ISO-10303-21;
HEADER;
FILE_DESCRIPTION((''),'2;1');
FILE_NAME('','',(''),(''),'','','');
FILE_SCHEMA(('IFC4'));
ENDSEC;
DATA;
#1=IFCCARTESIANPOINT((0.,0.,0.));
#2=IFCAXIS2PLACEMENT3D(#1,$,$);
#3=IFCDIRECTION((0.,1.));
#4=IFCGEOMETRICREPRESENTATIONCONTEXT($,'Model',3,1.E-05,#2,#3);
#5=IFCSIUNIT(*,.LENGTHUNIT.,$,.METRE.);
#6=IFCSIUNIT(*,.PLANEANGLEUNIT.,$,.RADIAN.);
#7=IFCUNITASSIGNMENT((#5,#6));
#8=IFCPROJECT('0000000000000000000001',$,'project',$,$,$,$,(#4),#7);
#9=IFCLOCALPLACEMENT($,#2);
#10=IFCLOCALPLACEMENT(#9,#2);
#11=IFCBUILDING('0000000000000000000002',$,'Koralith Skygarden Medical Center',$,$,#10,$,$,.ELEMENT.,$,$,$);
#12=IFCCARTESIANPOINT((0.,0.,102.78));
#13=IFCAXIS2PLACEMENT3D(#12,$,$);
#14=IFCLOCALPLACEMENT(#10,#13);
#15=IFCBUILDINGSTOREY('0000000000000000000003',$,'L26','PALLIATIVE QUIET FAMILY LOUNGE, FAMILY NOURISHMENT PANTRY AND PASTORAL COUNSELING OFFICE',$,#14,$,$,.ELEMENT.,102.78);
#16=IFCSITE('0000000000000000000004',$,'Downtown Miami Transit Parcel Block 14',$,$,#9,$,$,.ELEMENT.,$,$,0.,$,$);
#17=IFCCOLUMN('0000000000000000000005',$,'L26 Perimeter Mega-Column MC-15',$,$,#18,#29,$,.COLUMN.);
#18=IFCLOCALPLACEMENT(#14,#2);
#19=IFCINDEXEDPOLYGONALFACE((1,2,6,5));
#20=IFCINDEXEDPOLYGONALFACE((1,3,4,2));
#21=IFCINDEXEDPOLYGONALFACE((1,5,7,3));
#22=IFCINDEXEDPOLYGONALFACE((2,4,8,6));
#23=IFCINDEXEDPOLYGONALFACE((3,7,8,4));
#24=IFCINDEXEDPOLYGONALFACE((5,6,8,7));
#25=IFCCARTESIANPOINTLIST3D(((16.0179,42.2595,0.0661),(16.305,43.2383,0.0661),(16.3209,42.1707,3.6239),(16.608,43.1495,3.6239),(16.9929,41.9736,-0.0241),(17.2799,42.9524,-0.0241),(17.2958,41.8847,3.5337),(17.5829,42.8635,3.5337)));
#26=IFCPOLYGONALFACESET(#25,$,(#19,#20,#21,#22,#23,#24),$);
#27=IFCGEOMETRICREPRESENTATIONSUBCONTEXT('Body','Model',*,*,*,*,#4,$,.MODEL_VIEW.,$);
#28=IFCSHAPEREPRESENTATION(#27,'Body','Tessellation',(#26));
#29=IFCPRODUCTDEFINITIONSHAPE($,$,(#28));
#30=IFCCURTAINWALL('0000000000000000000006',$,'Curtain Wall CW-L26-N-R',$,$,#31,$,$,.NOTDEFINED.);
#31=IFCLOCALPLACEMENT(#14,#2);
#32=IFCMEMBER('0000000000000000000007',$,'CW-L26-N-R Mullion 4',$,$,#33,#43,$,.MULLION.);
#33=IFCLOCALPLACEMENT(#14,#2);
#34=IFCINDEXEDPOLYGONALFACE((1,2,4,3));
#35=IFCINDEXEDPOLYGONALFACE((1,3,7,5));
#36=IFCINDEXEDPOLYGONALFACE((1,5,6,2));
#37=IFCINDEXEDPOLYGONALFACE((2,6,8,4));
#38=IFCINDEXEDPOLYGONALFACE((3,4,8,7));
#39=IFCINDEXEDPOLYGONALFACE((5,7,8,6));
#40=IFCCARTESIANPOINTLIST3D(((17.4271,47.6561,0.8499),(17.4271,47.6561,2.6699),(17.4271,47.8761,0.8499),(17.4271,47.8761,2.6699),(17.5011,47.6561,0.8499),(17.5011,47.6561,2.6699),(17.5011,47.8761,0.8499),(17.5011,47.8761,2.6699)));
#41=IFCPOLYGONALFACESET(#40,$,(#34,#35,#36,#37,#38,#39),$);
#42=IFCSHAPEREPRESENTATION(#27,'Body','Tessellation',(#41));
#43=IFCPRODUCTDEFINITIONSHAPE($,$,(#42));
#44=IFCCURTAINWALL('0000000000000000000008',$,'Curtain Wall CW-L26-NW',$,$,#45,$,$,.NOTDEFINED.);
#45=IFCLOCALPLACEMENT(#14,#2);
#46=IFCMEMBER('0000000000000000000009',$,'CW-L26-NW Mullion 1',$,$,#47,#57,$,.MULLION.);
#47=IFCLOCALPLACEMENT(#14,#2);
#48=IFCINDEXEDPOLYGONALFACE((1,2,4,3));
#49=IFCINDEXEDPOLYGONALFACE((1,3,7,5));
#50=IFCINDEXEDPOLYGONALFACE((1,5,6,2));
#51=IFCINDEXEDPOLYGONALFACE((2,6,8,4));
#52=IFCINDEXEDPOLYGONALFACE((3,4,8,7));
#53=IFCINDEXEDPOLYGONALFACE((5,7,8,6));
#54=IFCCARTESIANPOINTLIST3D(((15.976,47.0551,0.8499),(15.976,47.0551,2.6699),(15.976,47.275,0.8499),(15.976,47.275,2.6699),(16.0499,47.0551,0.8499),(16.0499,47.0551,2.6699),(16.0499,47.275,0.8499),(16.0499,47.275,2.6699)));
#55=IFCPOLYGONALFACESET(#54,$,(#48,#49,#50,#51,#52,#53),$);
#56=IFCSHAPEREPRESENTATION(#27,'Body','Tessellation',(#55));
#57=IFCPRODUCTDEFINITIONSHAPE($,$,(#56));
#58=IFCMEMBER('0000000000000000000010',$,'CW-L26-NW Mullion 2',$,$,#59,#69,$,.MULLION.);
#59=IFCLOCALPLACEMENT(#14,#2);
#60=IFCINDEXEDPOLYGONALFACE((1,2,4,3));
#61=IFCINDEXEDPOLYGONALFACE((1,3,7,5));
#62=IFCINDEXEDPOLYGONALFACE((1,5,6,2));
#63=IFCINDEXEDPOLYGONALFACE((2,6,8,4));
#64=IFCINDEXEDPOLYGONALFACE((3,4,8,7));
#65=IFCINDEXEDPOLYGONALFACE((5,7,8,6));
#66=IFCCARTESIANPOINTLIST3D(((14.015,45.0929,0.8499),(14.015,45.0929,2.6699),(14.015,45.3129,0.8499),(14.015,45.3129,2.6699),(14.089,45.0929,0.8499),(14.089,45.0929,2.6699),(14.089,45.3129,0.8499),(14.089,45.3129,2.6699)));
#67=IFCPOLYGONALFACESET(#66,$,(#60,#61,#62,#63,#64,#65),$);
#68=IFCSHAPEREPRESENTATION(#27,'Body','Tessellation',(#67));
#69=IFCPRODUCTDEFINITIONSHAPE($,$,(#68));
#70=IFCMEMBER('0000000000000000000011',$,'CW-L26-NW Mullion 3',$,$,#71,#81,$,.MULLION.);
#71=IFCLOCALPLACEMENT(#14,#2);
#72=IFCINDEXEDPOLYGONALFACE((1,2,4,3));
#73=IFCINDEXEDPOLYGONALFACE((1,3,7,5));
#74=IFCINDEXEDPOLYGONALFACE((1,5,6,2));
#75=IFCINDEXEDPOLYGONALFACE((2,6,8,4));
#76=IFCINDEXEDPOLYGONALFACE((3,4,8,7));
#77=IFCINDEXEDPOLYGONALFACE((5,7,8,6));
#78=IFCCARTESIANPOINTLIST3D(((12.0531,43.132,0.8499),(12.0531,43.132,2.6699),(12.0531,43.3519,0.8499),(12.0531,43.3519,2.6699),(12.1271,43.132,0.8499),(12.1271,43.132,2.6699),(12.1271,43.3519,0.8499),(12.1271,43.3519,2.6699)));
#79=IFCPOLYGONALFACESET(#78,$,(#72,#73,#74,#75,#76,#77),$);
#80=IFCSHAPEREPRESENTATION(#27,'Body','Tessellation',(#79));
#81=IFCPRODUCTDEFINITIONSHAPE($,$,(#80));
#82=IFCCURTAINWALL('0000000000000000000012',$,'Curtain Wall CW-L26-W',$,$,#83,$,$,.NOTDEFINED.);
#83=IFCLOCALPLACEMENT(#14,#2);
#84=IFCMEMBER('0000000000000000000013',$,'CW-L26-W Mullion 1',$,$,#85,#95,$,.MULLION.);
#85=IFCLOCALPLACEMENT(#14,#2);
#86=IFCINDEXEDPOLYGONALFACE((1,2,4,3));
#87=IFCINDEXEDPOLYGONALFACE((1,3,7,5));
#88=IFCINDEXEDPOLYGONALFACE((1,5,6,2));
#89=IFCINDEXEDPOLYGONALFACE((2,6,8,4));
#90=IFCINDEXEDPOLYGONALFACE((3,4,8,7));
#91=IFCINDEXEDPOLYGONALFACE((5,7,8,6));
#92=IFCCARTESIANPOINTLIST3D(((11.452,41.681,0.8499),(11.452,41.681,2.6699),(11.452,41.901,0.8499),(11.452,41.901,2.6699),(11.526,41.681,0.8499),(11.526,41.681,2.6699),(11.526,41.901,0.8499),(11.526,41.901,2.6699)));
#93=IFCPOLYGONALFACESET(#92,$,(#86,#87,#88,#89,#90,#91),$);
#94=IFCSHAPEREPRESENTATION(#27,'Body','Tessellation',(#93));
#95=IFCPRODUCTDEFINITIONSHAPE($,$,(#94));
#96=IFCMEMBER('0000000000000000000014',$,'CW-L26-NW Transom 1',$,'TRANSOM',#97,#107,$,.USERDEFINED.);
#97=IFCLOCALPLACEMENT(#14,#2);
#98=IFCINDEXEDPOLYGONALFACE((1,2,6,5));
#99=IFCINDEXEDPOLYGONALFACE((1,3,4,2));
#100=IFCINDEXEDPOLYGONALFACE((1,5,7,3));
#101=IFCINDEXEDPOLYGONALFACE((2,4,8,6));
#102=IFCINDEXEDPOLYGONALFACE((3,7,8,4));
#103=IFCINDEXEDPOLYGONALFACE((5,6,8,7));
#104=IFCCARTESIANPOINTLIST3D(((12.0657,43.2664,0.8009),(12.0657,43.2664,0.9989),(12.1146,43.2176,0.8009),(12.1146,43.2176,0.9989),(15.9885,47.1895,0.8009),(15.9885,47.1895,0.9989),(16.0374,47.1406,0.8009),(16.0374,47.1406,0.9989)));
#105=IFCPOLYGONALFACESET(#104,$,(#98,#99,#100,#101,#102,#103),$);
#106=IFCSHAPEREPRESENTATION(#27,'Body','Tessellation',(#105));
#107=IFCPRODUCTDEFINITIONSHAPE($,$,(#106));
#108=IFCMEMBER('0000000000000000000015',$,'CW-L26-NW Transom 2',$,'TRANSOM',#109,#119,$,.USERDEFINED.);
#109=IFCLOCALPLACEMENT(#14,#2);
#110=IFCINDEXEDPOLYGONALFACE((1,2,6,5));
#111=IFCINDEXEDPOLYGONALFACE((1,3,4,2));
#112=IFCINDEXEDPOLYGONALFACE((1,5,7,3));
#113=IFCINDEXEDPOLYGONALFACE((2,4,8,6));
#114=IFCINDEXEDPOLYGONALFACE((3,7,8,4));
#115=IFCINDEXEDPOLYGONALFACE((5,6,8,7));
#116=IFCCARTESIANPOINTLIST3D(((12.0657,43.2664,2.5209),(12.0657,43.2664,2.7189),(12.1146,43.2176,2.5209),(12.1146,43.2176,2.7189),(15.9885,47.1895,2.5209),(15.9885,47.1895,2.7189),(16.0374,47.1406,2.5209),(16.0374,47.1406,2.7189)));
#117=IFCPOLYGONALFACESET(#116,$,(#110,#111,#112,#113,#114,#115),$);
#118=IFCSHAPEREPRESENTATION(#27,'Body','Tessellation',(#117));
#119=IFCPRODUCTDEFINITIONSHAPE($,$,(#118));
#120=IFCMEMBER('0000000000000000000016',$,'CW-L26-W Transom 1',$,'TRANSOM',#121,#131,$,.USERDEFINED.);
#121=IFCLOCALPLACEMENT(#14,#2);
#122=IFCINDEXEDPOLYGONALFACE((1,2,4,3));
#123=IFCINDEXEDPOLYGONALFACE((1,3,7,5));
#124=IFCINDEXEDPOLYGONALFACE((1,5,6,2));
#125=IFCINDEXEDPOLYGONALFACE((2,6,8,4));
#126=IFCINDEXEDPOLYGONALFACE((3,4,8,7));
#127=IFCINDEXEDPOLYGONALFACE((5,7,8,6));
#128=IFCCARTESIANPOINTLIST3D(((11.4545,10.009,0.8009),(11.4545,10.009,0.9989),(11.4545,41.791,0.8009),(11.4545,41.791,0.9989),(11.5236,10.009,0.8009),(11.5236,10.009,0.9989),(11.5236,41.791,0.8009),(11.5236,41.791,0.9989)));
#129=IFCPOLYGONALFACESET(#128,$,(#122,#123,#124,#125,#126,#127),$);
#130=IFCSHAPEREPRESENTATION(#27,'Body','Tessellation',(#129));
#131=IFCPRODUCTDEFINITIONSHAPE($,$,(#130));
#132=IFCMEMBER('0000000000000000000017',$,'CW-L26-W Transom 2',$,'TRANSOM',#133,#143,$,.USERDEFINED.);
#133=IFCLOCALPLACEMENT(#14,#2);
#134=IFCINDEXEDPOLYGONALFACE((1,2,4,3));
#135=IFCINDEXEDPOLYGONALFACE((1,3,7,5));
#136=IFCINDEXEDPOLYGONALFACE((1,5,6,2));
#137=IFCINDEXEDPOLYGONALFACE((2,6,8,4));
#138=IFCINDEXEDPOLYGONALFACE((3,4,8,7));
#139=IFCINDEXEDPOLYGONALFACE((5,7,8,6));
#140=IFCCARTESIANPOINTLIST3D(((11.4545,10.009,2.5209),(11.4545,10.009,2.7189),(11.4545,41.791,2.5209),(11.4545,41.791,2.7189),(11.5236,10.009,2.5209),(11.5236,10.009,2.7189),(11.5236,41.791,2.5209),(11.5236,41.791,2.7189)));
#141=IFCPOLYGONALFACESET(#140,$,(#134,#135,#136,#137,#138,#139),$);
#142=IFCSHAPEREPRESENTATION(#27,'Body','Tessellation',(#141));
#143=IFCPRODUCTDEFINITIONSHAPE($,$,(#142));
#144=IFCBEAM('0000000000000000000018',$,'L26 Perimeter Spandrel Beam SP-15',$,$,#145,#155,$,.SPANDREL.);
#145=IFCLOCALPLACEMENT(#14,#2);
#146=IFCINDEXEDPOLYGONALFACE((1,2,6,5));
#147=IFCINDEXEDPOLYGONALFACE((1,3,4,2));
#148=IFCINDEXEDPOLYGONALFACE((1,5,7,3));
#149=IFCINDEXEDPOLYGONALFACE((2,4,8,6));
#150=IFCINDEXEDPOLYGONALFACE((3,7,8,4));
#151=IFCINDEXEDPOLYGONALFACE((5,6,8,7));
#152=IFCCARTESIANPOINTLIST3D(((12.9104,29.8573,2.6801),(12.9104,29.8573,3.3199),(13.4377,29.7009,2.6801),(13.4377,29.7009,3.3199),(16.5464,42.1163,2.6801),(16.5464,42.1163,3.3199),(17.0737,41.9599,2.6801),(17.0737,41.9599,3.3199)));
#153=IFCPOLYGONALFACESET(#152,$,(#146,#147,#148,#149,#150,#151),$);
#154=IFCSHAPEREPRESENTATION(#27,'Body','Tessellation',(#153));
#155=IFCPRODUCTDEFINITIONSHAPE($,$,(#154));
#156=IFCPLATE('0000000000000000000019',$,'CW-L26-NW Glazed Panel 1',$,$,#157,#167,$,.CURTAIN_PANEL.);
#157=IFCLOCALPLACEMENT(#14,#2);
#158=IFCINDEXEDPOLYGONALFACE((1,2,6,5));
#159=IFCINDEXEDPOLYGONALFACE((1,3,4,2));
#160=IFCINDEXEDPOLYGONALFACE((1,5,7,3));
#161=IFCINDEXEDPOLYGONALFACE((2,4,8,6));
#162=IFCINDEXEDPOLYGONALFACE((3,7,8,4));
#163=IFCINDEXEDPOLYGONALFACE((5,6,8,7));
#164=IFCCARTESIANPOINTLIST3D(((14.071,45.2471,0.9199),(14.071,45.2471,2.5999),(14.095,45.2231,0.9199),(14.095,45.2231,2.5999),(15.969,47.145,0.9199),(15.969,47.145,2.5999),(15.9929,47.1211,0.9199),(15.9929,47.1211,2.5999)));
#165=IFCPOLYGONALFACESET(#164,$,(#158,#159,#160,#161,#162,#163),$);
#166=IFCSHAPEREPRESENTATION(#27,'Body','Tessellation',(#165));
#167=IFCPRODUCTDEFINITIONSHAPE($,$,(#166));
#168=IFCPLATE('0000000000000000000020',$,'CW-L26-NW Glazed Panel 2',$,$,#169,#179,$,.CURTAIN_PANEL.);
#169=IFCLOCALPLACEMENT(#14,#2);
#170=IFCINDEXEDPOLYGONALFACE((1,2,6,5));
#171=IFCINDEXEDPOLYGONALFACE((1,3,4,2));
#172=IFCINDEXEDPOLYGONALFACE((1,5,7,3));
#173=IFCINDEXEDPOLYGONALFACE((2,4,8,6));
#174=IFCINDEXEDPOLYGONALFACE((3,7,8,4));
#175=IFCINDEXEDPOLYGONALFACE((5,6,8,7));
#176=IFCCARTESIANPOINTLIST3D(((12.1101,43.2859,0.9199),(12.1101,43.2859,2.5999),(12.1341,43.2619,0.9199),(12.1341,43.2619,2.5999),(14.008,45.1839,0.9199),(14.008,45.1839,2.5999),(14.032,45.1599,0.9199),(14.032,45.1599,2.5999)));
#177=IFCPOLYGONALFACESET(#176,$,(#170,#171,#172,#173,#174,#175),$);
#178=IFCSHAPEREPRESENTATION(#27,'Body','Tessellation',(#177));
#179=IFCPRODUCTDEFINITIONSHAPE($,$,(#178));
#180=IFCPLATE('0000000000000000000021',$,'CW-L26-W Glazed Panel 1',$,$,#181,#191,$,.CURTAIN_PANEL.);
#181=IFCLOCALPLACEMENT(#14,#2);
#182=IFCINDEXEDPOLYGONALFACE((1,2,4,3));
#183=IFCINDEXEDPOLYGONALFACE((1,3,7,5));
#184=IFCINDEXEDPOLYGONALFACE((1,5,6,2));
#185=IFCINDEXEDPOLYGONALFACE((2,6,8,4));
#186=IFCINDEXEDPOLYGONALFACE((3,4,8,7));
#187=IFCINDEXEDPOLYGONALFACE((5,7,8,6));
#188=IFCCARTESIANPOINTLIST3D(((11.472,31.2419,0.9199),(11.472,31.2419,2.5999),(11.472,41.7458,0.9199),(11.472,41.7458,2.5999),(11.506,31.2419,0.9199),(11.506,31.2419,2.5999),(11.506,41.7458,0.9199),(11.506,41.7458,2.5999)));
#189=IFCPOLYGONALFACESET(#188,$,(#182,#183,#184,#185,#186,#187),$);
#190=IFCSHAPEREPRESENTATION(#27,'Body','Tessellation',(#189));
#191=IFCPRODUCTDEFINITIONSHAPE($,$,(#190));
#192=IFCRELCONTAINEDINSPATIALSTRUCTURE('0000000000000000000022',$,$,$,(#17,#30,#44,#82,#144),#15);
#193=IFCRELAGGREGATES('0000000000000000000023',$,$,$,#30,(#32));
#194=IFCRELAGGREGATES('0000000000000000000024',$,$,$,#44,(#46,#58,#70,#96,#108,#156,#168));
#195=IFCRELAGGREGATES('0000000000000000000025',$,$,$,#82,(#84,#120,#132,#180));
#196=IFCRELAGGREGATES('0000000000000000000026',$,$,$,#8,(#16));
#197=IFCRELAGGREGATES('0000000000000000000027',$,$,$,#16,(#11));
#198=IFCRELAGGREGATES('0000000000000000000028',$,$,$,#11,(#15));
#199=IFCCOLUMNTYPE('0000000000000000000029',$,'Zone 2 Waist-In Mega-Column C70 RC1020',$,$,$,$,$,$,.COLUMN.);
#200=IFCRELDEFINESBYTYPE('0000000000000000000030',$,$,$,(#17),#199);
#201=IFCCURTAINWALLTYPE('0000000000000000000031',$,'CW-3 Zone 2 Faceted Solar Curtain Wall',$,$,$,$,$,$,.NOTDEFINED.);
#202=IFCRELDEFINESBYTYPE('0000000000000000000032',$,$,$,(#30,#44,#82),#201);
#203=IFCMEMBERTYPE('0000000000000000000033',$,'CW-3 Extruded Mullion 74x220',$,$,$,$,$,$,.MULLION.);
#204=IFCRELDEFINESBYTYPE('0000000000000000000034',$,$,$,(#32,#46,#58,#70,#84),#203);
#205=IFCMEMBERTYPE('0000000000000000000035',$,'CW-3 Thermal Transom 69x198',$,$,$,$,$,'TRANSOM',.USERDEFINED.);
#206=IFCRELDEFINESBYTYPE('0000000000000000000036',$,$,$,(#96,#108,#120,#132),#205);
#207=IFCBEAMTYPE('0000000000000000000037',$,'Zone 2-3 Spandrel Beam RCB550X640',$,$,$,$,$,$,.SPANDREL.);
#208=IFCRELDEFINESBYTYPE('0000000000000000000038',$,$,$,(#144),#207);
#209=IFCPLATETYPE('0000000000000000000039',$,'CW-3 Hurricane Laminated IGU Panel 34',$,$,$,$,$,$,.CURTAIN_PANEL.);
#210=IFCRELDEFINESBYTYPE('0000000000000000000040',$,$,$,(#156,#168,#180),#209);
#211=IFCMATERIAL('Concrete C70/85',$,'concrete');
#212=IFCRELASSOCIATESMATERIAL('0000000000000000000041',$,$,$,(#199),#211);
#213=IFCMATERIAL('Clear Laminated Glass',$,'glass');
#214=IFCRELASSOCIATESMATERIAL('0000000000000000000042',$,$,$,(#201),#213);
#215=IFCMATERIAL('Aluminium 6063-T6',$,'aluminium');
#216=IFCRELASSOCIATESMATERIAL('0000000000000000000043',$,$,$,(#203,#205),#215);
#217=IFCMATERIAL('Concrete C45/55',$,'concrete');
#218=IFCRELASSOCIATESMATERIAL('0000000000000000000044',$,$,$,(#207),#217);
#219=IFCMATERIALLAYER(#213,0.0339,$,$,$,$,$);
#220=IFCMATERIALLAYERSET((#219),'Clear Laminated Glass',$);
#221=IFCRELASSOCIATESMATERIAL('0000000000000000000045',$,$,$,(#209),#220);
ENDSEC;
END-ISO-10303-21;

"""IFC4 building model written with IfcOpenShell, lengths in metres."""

from ifc_helpers import new_model, si_unit, direction, frame, origin, origin_2d, place, context, subcontext, project, spatial, rectangle, extrude, material, layer, layer_set, material_profile, profile_set, type_object, element, aggregate, save


model = new_model("IFC4")

# Units and contexts
model_context = context("Model", 3, precision=1e-05, world=origin(), true_north=direction((0.0, 1.0)))
body_context = subcontext(model_context, "Body", "Model", "MODEL_VIEW")
ifc_project = project(units=[si_unit("LENGTHUNIT", "METRE"), si_unit("PLANEANGLEUNIT", "RADIAN")], contexts=[model_context])

# Site, building, storey
site_placement = place(None, origin())
site = spatial("IfcSite", under=ifc_project, at=site_placement, Name="Downtown Miami Transit Parcel Block 14", CompositionType="ELEMENT", RefElevation=0.0)
building_placement = place(site_placement, origin())
building = spatial("IfcBuilding", under=site, at=building_placement, Name="Koralith Skygarden Medical Center", CompositionType="ELEMENT")
storey_placement = place(building_placement, frame((0.0, 0.0, 102.78)))
storey = spatial("IfcBuildingStorey", under=building, at=storey_placement, Name="L26", Description="PALLIATIVE QUIET FAMILY LOUNGE, FAMILY NOURISHMENT PANTRY AND PASTORAL COUNSELING OFFICE", CompositionType="ELEMENT", Elevation=102.78)

# Column
ifc_material_1 = material(Name="Concrete C70/85", Category="concrete")
ifc_material_profile_1 = material_profile(ifc_material_1, rectangle(XDim=1.02, YDim=1.02, at=origin_2d()), Name="RC1020X1020")
ifc_profile_set_1 = profile_set([ifc_material_profile_1], Name="Concrete C70/85")
column_type = type_object("IfcColumnType", Name="Zone 2 Waist-In Mega-Column C70 RC1020", PredefinedType="COLUMN", material=ifc_profile_set_1)
column_placement = place(storey_placement, frame((16.6489, 42.606, 0.021), z_axis=(0.084824, -0.02488, 0.996085), x_axis=(0.281455, 0.959575, 0.0)))
element("IfcColumn", 1, at=column_placement, inside=storey, type_object=column_type, Name="L26 Perimeter Mega-Column MC-15", PredefinedType="COLUMN", context=body_context, shape_type="SweptSolid", body=[
    extrude(rectangle(XDim=1.02, YDim=1.02, at=origin_2d()), origin(), (0.0, 0.0, 1.0), 3.5718),
])

# Curtain wall, member
ifc_material_2 = material(Name="Clear Laminated Glass", Category="glass")
curtain_wall_type = type_object("IfcCurtainWallType", Name="CW-3 Zone 2 Faceted Solar Curtain Wall", PredefinedType="NOTDEFINED", material=ifc_material_2)
curtain_wall_1_placement = place(storey_placement, origin())
curtain_wall_1 = element("IfcCurtainWall", 2, at=curtain_wall_1_placement, inside=storey, type_object=curtain_wall_type, Name="Curtain Wall CW-L26-N-R", PredefinedType="NOTDEFINED")
ifc_material_3 = material(Name="Aluminium 6063-T6", Category="aluminium")
ifc_material_profile_2 = material_profile(ifc_material_3, rectangle(XDim=0.074, YDim=0.22, at=origin_2d()), Name="MUL74X220")
ifc_profile_set_2 = profile_set([ifc_material_profile_2], Name="Aluminium 6063-T6")
member_type_1 = type_object("IfcMemberType", Name="CW-3 Extruded Mullion 74x220", PredefinedType="MULLION", material=ifc_profile_set_2)
member_1_placement = place(storey_placement, frame((17.4641, 47.7661, 0.8499), z_axis=(0.0, 0.0, 1.0), x_axis=(1.0, 0.0, 0.0)))
member_1 = element("IfcMember", 3, at=member_1_placement, type_object=member_type_1, Name="CW-L26-N-R Mullion 4", PredefinedType="MULLION", context=body_context, shape_type="SweptSolid", body=[
    extrude(rectangle(XDim=0.074, YDim=0.22, at=origin_2d()), origin(), (0.0, 0.0, 1.0), 1.8201),
])
aggregate(curtain_wall_1, [member_1])

# Curtain wall, members
curtain_wall_2_placement = place(storey_placement, origin())
curtain_wall_2 = element("IfcCurtainWall", 4, at=curtain_wall_2_placement, inside=storey, type_object=curtain_wall_type, Name="Curtain Wall CW-L26-NW", PredefinedType="NOTDEFINED")
member_2_placement = place(storey_placement, frame((16.0129, 47.165, 0.8499), z_axis=(0.0, 0.0, 1.0), x_axis=(1.0, 0.0, 0.0)))
member_2 = element("IfcMember", 5, at=member_2_placement, type_object=member_type_1, Name="CW-L26-NW Mullion 1", PredefinedType="MULLION", context=body_context, shape_type="SweptSolid", body=[
    extrude(rectangle(XDim=0.074, YDim=0.22, at=origin_2d()), origin(), (0.0, 0.0, 1.0), 1.8201),
])
member_3_placement = place(storey_placement, frame((14.052, 45.2029, 0.8499), z_axis=(0.0, 0.0, 1.0), x_axis=(1.0, 0.0, 0.0)))
member_3 = element("IfcMember", 6, at=member_3_placement, type_object=member_type_1, Name="CW-L26-NW Mullion 2", PredefinedType="MULLION", context=body_context, shape_type="SweptSolid", body=[
    extrude(rectangle(XDim=0.074, YDim=0.22, at=origin_2d()), origin(), (0.0, 0.0, 1.0), 1.8201),
])
member_4_placement = place(storey_placement, frame((12.0901, 43.2419, 0.8499), z_axis=(0.0, 0.0, 1.0), x_axis=(1.0, 0.0, 0.0)))
member_4 = element("IfcMember", 7, at=member_4_placement, type_object=member_type_1, Name="CW-L26-NW Mullion 3", PredefinedType="MULLION", context=body_context, shape_type="SweptSolid", body=[
    extrude(rectangle(XDim=0.074, YDim=0.22, at=origin_2d()), origin(), (0.0, 0.0, 1.0), 1.8201),
])

# Curtain wall, member
curtain_wall_3_placement = place(storey_placement, origin())
curtain_wall_3 = element("IfcCurtainWall", 8, at=curtain_wall_3_placement, inside=storey, type_object=curtain_wall_type, Name="Curtain Wall CW-L26-W", PredefinedType="NOTDEFINED")
member_5_placement = place(storey_placement, frame((11.489, 41.791, 0.8499), z_axis=(0.0, 0.0, 1.0), x_axis=(1.0, 0.0, 0.0)))
member_5 = element("IfcMember", 9, at=member_5_placement, type_object=member_type_1, Name="CW-L26-W Mullion 1", PredefinedType="MULLION", context=body_context, shape_type="SweptSolid", body=[
    extrude(rectangle(XDim=0.074, YDim=0.22, at=origin_2d()), origin(), (0.0, 0.0, 1.0), 1.8201),
])

# Members
ifc_material_profile_3 = material_profile(ifc_material_3, rectangle(XDim=0.0691, YDim=0.198, at=origin_2d()), Name="TRN69X198")
ifc_profile_set_3 = profile_set([ifc_material_profile_3], Name="Aluminium 6063-T6")
member_type_2 = type_object("IfcMemberType", Name="CW-3 Thermal Transom 69x198", ElementType="TRANSOM", PredefinedType="USERDEFINED", material=ifc_profile_set_3)
member_6_placement = place(storey_placement, frame((16.0129, 47.165, 0.8999), z_axis=(-0.707085, -0.707129, 0.0), x_axis=(0.707129, -0.707085, 0.0)))
member_6 = element("IfcMember", 10, at=member_6_placement, type_object=member_type_2, Name="CW-L26-NW Transom 1", ObjectType="TRANSOM", PredefinedType="USERDEFINED", context=body_context, shape_type="SweptSolid", body=[
    extrude(rectangle(XDim=0.0691, YDim=0.198, at=origin_2d()), origin(), (0.0, 0.0, 1.0), 5.5479),
])
member_7_placement = place(storey_placement, frame((16.0129, 47.165, 2.6199), z_axis=(-0.707085, -0.707129, 0.0), x_axis=(0.707129, -0.707085, 0.0)))
member_7 = element("IfcMember", 11, at=member_7_placement, type_object=member_type_2, Name="CW-L26-NW Transom 2", ObjectType="TRANSOM", PredefinedType="USERDEFINED", context=body_context, shape_type="SweptSolid", body=[
    extrude(rectangle(XDim=0.0691, YDim=0.198, at=origin_2d()), origin(), (0.0, 0.0, 1.0), 5.5479),
])
member_8_placement = place(storey_placement, frame((11.489, 41.791, 0.8999), z_axis=(0.0, -1.0, 0.0), x_axis=(1.0, 0.0, 0.0)))
member_8 = element("IfcMember", 12, at=member_8_placement, type_object=member_type_2, Name="CW-L26-W Transom 1", ObjectType="TRANSOM", PredefinedType="USERDEFINED", context=body_context, shape_type="SweptSolid", body=[
    extrude(rectangle(XDim=0.0691, YDim=0.198, at=origin_2d()), origin(), (0.0, 0.0, 1.0), 31.782),
])
member_9_placement = place(storey_placement, frame((11.489, 41.791, 2.6199), z_axis=(0.0, -1.0, 0.0), x_axis=(1.0, 0.0, 0.0)))
member_9 = element("IfcMember", 13, at=member_9_placement, type_object=member_type_2, Name="CW-L26-W Transom 2", ObjectType="TRANSOM", PredefinedType="USERDEFINED", context=body_context, shape_type="SweptSolid", body=[
    extrude(rectangle(XDim=0.0691, YDim=0.198, at=origin_2d()), origin(), (0.0, 0.0, 1.0), 31.782),
])

# Beam
ifc_material_4 = material(Name="Concrete C45/55", Category="concrete")
ifc_material_profile_4 = material_profile(ifc_material_4, rectangle(XDim=0.55, YDim=0.6399, at=origin_2d()), Name="RCB550X640")
ifc_profile_set_4 = profile_set([ifc_material_profile_4], Name="Concrete C45/55")
beam_type = type_object("IfcBeamType", Name="Zone 2-3 Spandrel Beam RCB550X640", PredefinedType="SPANDREL", material=ifc_profile_set_4)
beam_placement = place(storey_placement, frame((16.8101, 42.0381, 3.0), z_axis=(-0.284353, -0.95872, 0.0), x_axis=(0.95872, -0.284353, 0.0)))
element("IfcBeam", 14, at=beam_placement, inside=storey, type_object=beam_type, Name="L26 Perimeter Spandrel Beam SP-15", PredefinedType="SPANDREL", context=body_context, shape_type="SweptSolid", body=[
    extrude(rectangle(XDim=0.55, YDim=0.6399, at=origin_2d()), origin(), (0.0, 0.0, 1.0), 12.7869),
])

# Plates
ifc_layer_1 = layer(ifc_material_2, 0.0339)
ifc_layer_set_1 = layer_set([ifc_layer_1], Name="Clear Laminated Glass")
plate_type_1 = type_object("IfcPlateType", Name="CW-3 Hurricane Laminated IGU Panel 34", PredefinedType="CURTAIN_PANEL", material=ifc_layer_set_1)
plate_1_placement = place(storey_placement, frame((15.032, 46.1841, 0.9199), z_axis=(0.0, 0.0, 1.0), x_axis=(-0.707107, -0.707107, 0.0)))
plate_1 = element("IfcPlate", 15, at=plate_1_placement, type_object=plate_type_1, Name="CW-L26-NW Glazed Panel 1", PredefinedType="CURTAIN_PANEL", context=body_context, shape_type="SweptSolid", body=[
    extrude(rectangle(XDim=2.6841, YDim=0.0339, at=origin_2d()), origin(), (0.0, 0.0, 1.0), 1.6799),
])
plate_2_placement = place(storey_placement, frame((13.071, 44.2229, 0.9199), z_axis=(0.0, 0.0, 1.0), x_axis=(-0.707107, -0.707107, 0.0)))
plate_2 = element("IfcPlate", 16, at=plate_2_placement, type_object=plate_type_1, Name="CW-L26-NW Glazed Panel 2", PredefinedType="CURTAIN_PANEL", context=body_context, shape_type="SweptSolid", body=[
    extrude(rectangle(XDim=2.6841, YDim=0.0339, at=origin_2d()), origin(), (0.0, 0.0, 1.0), 1.6799),
])
aggregate(curtain_wall_2, [member_2, member_3, member_4, member_6, member_7, plate_1, plate_2])
plate_3_placement = place(storey_placement, frame((11.489, 36.4939, 0.9199), z_axis=(0.0, 0.0, 1.0), x_axis=(0.0, -1.0, 0.0)))
plate_3 = element("IfcPlate", 17, at=plate_3_placement, type_object=plate_type_1, Name="CW-L26-W Glazed Panel 1", PredefinedType="CURTAIN_PANEL", context=body_context, shape_type="SweptSolid", body=[
    extrude(rectangle(XDim=10.5039, YDim=0.0339, at=origin_2d()), origin(), (0.0, 0.0, 1.0), 1.6799),
])
aggregate(curtain_wall_3, [member_5, member_8, member_9, plate_3])

save(model, "model.ifc")
